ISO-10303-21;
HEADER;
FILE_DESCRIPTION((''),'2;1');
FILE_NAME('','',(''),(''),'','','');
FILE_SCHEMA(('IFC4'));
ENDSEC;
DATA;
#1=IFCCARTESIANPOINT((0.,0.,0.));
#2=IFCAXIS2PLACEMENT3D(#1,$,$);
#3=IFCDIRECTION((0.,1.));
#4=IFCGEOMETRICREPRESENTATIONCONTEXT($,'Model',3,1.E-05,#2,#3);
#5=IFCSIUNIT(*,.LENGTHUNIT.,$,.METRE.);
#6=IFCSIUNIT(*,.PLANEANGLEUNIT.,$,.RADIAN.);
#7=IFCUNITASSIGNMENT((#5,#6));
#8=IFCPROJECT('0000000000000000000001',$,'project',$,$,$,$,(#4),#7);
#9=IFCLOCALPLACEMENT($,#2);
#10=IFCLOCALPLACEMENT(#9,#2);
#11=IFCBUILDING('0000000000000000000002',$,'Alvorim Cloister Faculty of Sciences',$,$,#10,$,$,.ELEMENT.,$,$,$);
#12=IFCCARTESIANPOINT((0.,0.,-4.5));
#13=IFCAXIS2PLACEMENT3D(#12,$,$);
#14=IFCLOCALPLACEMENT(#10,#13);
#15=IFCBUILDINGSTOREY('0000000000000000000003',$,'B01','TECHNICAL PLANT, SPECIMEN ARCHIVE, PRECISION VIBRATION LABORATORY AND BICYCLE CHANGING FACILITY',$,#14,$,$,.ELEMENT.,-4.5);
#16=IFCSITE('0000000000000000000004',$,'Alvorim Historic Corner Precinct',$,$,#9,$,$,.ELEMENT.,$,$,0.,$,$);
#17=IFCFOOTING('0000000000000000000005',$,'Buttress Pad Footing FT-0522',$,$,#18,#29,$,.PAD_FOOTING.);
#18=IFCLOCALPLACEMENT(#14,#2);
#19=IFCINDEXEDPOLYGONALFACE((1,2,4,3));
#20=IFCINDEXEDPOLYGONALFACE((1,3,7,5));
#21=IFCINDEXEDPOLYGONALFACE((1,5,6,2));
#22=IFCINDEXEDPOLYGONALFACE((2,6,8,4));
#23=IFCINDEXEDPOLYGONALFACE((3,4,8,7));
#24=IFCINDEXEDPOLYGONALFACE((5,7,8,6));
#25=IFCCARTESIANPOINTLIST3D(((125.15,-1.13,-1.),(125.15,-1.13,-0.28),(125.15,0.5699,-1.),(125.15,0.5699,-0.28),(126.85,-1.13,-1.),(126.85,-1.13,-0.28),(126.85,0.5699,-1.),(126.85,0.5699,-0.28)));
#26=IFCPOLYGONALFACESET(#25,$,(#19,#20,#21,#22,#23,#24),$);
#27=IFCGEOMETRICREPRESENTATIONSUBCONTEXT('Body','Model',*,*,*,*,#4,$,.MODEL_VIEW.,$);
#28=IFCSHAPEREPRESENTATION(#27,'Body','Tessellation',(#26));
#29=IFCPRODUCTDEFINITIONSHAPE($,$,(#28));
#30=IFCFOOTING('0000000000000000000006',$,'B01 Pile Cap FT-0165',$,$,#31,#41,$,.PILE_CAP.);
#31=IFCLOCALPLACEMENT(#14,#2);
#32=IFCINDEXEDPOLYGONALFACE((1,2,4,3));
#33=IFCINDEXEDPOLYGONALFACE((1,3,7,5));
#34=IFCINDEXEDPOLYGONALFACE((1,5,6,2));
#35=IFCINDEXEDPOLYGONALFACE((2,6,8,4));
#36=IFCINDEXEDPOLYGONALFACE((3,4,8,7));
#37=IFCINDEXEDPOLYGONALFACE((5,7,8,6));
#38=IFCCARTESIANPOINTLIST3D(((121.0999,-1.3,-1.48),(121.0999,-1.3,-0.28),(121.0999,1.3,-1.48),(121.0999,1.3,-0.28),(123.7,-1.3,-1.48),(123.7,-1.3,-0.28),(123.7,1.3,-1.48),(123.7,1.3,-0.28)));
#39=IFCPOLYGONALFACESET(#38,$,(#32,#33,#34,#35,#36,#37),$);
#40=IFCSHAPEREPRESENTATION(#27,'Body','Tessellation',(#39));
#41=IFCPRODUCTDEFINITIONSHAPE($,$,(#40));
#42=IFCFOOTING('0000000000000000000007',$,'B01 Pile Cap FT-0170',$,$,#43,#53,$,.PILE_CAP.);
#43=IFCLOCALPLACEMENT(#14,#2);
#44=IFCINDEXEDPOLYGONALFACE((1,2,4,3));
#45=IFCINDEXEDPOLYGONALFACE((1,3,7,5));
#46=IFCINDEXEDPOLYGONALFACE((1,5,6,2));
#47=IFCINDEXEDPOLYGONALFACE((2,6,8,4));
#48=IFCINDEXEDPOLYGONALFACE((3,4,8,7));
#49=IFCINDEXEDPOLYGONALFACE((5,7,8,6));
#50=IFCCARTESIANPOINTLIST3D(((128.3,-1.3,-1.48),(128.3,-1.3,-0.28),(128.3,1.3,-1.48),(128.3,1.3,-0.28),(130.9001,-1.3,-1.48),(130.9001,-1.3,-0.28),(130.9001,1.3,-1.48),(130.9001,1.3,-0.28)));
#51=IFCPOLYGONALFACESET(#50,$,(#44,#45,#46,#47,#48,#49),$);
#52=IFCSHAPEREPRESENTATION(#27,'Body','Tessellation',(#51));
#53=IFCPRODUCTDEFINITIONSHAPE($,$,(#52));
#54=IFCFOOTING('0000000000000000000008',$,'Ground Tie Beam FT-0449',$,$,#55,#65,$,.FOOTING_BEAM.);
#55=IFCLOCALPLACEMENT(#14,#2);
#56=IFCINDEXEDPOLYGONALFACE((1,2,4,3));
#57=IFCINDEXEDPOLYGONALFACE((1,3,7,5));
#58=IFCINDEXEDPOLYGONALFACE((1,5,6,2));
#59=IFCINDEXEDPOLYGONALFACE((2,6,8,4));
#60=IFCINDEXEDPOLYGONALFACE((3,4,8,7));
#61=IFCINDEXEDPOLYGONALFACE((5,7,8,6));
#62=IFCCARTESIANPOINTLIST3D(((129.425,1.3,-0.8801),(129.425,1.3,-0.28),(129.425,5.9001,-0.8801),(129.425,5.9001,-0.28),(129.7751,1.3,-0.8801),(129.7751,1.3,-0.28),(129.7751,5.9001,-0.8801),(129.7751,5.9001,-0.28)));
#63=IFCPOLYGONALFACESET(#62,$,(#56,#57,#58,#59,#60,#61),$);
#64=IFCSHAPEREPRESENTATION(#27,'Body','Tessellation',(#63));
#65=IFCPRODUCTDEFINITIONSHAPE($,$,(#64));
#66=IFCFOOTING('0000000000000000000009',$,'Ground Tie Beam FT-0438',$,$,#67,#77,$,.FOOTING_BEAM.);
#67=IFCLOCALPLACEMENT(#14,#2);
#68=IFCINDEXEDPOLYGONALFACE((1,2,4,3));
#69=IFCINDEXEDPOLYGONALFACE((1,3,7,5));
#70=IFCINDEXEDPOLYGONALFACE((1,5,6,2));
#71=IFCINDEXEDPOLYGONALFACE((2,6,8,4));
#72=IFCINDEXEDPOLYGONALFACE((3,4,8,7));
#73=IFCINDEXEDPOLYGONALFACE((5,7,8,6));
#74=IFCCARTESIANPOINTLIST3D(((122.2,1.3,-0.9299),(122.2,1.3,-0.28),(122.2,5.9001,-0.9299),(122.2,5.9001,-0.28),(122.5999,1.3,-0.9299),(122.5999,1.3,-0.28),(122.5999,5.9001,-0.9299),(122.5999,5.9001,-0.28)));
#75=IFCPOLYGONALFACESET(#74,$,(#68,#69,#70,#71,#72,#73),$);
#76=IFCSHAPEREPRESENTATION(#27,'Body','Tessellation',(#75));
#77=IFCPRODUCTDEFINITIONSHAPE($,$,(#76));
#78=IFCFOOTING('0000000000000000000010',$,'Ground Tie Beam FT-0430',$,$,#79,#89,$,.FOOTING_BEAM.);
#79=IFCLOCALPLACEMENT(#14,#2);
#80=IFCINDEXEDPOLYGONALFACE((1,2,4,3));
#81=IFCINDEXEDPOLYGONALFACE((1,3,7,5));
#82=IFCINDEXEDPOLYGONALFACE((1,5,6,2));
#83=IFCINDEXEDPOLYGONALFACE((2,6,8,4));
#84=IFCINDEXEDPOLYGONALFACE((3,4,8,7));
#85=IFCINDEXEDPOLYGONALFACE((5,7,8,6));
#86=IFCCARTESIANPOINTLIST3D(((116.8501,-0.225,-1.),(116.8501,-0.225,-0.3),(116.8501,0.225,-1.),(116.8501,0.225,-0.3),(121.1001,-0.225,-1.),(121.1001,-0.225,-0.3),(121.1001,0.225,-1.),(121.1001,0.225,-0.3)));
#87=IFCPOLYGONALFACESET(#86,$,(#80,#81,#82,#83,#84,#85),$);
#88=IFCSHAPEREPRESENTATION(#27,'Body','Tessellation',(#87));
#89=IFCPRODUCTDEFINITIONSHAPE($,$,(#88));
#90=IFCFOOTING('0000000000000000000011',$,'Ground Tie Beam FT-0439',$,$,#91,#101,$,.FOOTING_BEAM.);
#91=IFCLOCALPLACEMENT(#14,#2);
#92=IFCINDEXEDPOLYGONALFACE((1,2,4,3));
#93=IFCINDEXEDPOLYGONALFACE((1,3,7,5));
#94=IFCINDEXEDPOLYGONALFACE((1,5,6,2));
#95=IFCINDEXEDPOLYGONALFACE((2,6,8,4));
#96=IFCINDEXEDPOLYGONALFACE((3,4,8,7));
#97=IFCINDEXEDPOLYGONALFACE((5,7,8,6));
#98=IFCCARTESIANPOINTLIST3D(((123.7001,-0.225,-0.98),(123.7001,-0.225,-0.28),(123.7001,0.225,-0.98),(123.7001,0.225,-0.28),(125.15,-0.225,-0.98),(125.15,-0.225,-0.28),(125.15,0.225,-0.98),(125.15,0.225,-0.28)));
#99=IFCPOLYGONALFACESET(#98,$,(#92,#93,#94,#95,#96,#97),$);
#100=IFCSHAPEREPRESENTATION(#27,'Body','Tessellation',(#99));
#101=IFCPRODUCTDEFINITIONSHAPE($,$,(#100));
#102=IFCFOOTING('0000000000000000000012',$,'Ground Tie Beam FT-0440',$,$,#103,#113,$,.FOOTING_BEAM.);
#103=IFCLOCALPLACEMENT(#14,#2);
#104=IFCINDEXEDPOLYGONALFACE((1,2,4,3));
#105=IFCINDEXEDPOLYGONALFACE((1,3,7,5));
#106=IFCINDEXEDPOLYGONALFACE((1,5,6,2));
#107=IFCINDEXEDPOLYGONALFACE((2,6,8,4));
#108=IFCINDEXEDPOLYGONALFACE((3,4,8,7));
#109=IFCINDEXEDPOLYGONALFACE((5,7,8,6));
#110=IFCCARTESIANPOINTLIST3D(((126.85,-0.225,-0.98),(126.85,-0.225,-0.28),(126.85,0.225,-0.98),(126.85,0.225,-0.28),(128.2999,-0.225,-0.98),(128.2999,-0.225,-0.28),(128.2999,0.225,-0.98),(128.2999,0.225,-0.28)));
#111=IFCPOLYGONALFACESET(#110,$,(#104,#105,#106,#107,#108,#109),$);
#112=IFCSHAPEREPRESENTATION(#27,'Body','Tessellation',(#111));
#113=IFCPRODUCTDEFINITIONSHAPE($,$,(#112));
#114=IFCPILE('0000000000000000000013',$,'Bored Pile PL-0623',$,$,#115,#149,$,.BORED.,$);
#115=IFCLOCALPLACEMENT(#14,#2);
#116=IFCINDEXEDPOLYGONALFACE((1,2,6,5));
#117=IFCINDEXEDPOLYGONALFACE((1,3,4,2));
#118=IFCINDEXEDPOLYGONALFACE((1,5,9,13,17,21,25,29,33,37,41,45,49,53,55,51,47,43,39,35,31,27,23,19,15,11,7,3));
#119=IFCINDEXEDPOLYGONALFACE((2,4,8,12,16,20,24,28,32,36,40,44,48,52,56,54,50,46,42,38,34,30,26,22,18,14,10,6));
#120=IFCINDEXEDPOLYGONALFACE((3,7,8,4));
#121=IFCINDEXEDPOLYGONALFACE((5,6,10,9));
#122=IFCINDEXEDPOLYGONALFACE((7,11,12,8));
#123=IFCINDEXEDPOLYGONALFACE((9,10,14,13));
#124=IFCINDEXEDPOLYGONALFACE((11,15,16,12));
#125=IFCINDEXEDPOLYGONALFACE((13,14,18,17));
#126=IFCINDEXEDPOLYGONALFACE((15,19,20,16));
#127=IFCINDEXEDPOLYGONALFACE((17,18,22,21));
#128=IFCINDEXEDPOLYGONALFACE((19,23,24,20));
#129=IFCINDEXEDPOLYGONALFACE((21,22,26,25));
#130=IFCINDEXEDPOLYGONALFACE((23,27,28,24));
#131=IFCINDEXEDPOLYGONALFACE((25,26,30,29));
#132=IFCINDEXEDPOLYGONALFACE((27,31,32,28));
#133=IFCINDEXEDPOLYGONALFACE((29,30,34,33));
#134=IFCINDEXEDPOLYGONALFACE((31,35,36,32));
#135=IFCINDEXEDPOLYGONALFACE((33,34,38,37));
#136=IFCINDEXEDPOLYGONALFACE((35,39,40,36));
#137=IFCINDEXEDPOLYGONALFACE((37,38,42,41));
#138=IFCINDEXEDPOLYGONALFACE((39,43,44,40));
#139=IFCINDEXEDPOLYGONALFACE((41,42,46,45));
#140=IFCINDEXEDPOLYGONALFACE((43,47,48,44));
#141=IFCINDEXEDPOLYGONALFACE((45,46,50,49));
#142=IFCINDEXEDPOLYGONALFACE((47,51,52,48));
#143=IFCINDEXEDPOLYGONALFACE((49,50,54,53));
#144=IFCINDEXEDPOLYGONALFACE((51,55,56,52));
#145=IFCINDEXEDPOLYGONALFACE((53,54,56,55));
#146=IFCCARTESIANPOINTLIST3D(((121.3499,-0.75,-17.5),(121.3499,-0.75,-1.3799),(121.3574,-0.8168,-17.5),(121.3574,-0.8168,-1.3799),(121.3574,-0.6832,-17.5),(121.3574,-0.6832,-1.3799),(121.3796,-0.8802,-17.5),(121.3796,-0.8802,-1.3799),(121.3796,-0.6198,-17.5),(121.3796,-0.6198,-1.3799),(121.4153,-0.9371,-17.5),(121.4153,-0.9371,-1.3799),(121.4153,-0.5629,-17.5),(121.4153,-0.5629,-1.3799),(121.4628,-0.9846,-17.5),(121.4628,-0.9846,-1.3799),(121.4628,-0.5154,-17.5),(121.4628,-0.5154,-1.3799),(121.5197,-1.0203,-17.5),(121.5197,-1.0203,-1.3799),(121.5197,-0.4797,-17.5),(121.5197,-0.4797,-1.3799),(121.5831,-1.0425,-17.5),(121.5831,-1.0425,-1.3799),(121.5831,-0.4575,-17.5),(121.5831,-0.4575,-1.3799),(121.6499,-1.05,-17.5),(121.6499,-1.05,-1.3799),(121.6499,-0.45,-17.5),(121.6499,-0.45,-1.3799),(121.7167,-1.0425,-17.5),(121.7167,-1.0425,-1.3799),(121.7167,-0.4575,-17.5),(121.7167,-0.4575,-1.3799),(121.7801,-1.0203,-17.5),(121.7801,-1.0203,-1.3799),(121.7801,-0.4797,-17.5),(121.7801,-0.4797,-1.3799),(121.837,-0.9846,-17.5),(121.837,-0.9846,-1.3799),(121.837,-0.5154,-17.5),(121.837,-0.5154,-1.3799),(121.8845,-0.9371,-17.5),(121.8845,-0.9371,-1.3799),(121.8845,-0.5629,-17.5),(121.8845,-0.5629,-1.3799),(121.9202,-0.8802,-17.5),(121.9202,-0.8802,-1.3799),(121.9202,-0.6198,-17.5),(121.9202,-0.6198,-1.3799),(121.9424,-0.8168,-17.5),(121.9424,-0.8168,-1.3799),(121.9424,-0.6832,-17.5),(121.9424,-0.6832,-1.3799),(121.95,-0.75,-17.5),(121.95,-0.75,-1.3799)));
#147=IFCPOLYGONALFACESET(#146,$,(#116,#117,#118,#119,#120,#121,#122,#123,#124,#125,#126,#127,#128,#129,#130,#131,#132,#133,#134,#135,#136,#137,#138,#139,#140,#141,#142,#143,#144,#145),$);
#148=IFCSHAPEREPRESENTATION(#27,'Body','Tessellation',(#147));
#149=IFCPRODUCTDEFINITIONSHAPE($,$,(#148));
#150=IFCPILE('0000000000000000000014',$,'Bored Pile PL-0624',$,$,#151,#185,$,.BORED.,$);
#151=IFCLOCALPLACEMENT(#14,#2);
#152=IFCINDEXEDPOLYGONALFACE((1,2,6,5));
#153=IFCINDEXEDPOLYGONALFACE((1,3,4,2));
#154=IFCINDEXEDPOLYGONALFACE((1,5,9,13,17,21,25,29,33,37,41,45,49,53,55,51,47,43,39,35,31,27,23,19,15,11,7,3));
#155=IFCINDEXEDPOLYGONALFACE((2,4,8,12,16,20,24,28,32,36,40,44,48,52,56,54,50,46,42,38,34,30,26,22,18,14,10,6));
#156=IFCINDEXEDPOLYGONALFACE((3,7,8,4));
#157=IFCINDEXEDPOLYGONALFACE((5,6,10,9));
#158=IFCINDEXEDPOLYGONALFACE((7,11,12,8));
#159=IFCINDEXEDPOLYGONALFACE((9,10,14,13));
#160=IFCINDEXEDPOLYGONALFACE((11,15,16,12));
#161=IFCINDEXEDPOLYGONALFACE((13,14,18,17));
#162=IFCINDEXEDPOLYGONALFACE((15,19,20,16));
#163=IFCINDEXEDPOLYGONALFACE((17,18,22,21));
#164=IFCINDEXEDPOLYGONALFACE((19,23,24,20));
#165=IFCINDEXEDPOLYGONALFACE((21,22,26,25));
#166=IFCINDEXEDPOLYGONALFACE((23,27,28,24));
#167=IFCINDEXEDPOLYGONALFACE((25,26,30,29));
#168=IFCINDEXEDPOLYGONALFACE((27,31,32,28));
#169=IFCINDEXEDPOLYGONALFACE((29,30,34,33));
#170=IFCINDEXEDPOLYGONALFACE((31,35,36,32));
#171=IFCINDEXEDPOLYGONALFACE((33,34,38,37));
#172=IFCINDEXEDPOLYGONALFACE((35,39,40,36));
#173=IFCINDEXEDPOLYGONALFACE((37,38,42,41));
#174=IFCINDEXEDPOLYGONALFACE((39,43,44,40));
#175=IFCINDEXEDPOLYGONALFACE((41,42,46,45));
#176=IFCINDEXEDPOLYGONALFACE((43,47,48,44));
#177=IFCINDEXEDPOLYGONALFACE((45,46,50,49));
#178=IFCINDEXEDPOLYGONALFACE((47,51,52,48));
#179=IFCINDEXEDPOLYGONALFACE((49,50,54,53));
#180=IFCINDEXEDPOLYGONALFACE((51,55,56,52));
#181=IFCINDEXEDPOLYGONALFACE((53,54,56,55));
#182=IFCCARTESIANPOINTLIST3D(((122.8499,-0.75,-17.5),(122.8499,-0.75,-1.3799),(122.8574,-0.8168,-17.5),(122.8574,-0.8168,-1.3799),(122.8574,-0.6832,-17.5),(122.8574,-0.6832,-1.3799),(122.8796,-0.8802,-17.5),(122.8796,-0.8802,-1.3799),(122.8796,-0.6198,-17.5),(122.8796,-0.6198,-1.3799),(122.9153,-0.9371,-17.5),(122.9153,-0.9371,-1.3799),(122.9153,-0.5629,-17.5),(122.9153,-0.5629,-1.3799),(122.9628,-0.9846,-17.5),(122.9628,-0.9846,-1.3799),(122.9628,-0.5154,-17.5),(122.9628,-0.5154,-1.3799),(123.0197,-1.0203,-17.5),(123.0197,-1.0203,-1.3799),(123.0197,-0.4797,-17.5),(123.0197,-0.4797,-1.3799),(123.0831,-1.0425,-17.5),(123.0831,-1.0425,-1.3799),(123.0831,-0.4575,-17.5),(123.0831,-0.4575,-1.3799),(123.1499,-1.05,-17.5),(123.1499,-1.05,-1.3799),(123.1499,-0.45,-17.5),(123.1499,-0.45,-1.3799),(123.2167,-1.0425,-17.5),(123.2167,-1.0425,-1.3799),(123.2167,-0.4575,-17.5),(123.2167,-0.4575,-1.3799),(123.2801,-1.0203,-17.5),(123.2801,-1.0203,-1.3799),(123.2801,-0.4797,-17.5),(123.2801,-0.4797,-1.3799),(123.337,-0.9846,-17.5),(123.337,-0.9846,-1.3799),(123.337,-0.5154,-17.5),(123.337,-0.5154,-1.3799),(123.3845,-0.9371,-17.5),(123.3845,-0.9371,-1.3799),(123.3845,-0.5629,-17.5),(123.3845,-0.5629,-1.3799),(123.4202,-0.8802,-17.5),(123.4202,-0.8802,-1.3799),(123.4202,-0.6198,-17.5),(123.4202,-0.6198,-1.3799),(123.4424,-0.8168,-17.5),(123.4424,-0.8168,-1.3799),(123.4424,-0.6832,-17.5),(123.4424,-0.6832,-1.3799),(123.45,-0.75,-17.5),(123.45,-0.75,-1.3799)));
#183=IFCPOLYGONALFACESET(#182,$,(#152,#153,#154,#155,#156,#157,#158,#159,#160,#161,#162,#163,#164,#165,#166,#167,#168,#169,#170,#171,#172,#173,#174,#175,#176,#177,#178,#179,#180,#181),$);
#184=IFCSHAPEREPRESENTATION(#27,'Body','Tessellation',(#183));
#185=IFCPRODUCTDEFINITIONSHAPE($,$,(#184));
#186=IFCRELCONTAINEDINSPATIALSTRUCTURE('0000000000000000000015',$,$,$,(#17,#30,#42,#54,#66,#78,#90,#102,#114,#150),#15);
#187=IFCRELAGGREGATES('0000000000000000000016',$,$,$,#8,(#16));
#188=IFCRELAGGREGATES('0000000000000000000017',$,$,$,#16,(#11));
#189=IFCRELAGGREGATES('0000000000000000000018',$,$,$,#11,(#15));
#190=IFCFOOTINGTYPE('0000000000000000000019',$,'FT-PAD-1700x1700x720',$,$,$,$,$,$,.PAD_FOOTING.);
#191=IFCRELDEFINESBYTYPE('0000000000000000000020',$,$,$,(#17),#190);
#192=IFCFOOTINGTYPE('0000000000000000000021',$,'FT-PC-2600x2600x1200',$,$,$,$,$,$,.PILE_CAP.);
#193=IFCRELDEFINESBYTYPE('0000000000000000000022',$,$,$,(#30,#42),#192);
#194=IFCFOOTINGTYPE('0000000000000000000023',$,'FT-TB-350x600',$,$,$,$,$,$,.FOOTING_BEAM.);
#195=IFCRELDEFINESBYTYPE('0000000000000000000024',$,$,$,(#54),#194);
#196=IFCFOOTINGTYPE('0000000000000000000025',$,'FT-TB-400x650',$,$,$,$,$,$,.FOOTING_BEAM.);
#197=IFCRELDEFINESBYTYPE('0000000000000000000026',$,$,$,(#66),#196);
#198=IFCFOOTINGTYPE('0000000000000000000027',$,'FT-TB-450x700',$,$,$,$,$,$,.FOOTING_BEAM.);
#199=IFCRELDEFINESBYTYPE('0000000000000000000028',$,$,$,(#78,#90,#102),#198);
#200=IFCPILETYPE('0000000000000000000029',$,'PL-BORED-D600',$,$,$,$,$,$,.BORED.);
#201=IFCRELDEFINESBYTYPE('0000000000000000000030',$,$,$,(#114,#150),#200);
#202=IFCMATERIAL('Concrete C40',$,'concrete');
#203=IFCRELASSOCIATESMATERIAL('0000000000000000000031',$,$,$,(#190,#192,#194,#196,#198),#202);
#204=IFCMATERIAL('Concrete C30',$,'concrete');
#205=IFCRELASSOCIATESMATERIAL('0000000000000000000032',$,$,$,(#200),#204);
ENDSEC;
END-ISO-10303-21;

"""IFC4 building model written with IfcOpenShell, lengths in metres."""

from ifc_helpers import new_model, si_unit, direction, frame, origin, origin_2d, place, context, subcontext, project, spatial, rectangle, circle, extrude, material, material_profile, profile_set, type_object, element, save


model = new_model("IFC4")

# Units and contexts
model_context = context("Model", 3, precision=1e-05, world=origin(), true_north=direction((0.0, 1.0)))
body_context = subcontext(model_context, "Body", "Model", "MODEL_VIEW")
ifc_project = project(units=[si_unit("LENGTHUNIT", "METRE"), si_unit("PLANEANGLEUNIT", "RADIAN")], contexts=[model_context])

# Site, building, storey
site_placement = place(None, origin())
site = spatial("IfcSite", under=ifc_project, at=site_placement, Name="Alvorim Historic Corner Precinct", CompositionType="ELEMENT", RefElevation=0.0)
building_placement = place(site_placement, origin())
building = spatial("IfcBuilding", under=site, at=building_placement, Name="Alvorim Cloister Faculty of Sciences", CompositionType="ELEMENT")
storey_placement = place(building_placement, frame((0.0, 0.0, -4.5)))
storey = spatial("IfcBuildingStorey", under=building, at=storey_placement, Name="B01", Description="TECHNICAL PLANT, SPECIMEN ARCHIVE, PRECISION VIBRATION LABORATORY AND BICYCLE CHANGING FACILITY", CompositionType="ELEMENT", Elevation=-4.5)

# Footings
ifc_material_1 = material(Name="Concrete C40", Category="concrete")
footing_type_1 = type_object("IfcFootingType", Name="FT-PAD-1700x1700x720", PredefinedType="PAD_FOOTING", material=ifc_material_1)
footing_1_placement = place(storey_placement, frame((126.0, -0.28, -1.0), z_axis=(0.0, 0.0, 1.0), x_axis=(1.0, 0.0, 0.0)))
element("IfcFooting", 1, at=footing_1_placement, inside=storey, type_object=footing_type_1, Name="Buttress Pad Footing FT-0522", PredefinedType="PAD_FOOTING", context=body_context, shape_type="SweptSolid", body=[
    extrude(rectangle(XDim=1.7, YDim=1.7, at=origin_2d()), origin(), (0.0, 0.0, 1.0), 0.72),
])
footing_type_2 = type_object("IfcFootingType", Name="FT-PC-2600x2600x1200", PredefinedType="PILE_CAP", material=ifc_material_1)
for number, where, z_axis, x_axis, name in (
    (2, (122.3999, 0.0, -1.48), (0.0, 0.0, 1.0), (1.0, 0.0, 0.0), "B01 Pile Cap FT-0165"),
    (3, (129.6001, 0.0, -1.48), (0.0, 0.0, 1.0), (1.0, 0.0, 0.0), "B01 Pile Cap FT-0170"),
):
    element("IfcFooting", number, at=place(storey_placement, frame(where, z_axis=z_axis, x_axis=x_axis)), inside=storey, type_object=footing_type_2, Name=name, PredefinedType="PILE_CAP", context=body_context, shape_type="SweptSolid", body=[
        extrude(rectangle(XDim=2.6001, YDim=2.6001, at=origin_2d()), origin(), (0.0, 0.0, 1.0), 1.2),
    ])
footing_type_3 = type_object("IfcFootingType", Name="FT-TB-350x600", PredefinedType="FOOTING_BEAM", material=ifc_material_1)
footing_2_placement = place(storey_placement, frame((129.6001, 3.6001, -0.8801), z_axis=(0.0, 0.0, 1.0), x_axis=(1.0, 0.0, 0.0)))
element("IfcFooting", 4, at=footing_2_placement, inside=storey, type_object=footing_type_3, Name="Ground Tie Beam FT-0449", PredefinedType="FOOTING_BEAM", context=body_context, shape_type="SweptSolid", body=[
    extrude(rectangle(XDim=0.3501, YDim=4.6001, at=origin_2d()), origin(), (0.0, 0.0, 1.0), 0.6001),
])
footing_type_4 = type_object("IfcFootingType", Name="FT-TB-400x650", PredefinedType="FOOTING_BEAM", material=ifc_material_1)
footing_3_placement = place(storey_placement, frame((122.3999, 3.6001, -0.9299), z_axis=(0.0, 0.0, 1.0), x_axis=(1.0, 0.0, 0.0)))
element("IfcFooting", 5, at=footing_3_placement, inside=storey, type_object=footing_type_4, Name="Ground Tie Beam FT-0438", PredefinedType="FOOTING_BEAM", context=body_context, shape_type="SweptSolid", body=[
    extrude(rectangle(XDim=0.3999, YDim=4.6001, at=origin_2d()), origin(), (0.0, 0.0, 1.0), 0.6499),
])
footing_type_5 = type_object("IfcFootingType", Name="FT-TB-450x700", PredefinedType="FOOTING_BEAM", material=ifc_material_1)
footing_4_placement = place(storey_placement, frame((118.9751, 0.0, -1.0), z_axis=(0.0, 0.0, 1.0), x_axis=(1.0, 0.0, 0.0)))
element("IfcFooting", 6, at=footing_4_placement, inside=storey, type_object=footing_type_5, Name="Ground Tie Beam FT-0430", PredefinedType="FOOTING_BEAM", context=body_context, shape_type="SweptSolid", body=[
    extrude(rectangle(XDim=4.25, YDim=0.45, at=origin_2d()), origin(), (0.0, 0.0, 1.0), 0.7),
])
for number, where, z_axis, x_axis, name in (
    (7, (124.425, 0.0, -0.98), (0.0, 0.0, 1.0), (1.0, 0.0, 0.0), "Ground Tie Beam FT-0439"),
    (8, (127.575, 0.0, -0.98), (0.0, 0.0, 1.0), (1.0, 0.0, 0.0), "Ground Tie Beam FT-0440"),
):
    element("IfcFooting", number, at=place(storey_placement, frame(where, z_axis=z_axis, x_axis=x_axis)), inside=storey, type_object=footing_type_5, Name=name, PredefinedType="FOOTING_BEAM", context=body_context, shape_type="SweptSolid", body=[
        extrude(rectangle(XDim=1.45, YDim=0.45, at=origin_2d()), origin(), (0.0, 0.0, 1.0), 0.7),
    ])

# Piles
ifc_material_2 = material(Name="Concrete C30", Category="concrete")
ifc_material_profile_1 = material_profile(ifc_material_2, circle(Radius=0.3, at=origin_2d()), Name="PILE-D600")
ifc_profile_set_1 = profile_set([ifc_material_profile_1], Name="Concrete C30")
pile_type_1 = type_object("IfcPileType", Name="PL-BORED-D600", PredefinedType="BORED", material=ifc_profile_set_1)
for number, where, z_axis, x_axis, name in (
    (9, (121.6499, -0.75, -1.3799), (0.0, 0.0, -1.0), (1.0, 0.0, 0.0), "Bored Pile PL-0623"),
    (10, (123.1499, -0.75, -1.3799), (0.0, 0.0, -1.0), (1.0, 0.0, 0.0), "Bored Pile PL-0624"),
):
    element("IfcPile", number, at=place(storey_placement, frame(where, z_axis=z_axis, x_axis=x_axis)), inside=storey, type_object=pile_type_1, Name=name, PredefinedType="BORED", context=body_context, shape_type="SweptSolid", body=[
        extrude(circle(Radius=0.3, at=origin_2d()), origin(), (0.0, 0.0, 1.0), 16.1201),
    ])

save(model, "model.ifc")
